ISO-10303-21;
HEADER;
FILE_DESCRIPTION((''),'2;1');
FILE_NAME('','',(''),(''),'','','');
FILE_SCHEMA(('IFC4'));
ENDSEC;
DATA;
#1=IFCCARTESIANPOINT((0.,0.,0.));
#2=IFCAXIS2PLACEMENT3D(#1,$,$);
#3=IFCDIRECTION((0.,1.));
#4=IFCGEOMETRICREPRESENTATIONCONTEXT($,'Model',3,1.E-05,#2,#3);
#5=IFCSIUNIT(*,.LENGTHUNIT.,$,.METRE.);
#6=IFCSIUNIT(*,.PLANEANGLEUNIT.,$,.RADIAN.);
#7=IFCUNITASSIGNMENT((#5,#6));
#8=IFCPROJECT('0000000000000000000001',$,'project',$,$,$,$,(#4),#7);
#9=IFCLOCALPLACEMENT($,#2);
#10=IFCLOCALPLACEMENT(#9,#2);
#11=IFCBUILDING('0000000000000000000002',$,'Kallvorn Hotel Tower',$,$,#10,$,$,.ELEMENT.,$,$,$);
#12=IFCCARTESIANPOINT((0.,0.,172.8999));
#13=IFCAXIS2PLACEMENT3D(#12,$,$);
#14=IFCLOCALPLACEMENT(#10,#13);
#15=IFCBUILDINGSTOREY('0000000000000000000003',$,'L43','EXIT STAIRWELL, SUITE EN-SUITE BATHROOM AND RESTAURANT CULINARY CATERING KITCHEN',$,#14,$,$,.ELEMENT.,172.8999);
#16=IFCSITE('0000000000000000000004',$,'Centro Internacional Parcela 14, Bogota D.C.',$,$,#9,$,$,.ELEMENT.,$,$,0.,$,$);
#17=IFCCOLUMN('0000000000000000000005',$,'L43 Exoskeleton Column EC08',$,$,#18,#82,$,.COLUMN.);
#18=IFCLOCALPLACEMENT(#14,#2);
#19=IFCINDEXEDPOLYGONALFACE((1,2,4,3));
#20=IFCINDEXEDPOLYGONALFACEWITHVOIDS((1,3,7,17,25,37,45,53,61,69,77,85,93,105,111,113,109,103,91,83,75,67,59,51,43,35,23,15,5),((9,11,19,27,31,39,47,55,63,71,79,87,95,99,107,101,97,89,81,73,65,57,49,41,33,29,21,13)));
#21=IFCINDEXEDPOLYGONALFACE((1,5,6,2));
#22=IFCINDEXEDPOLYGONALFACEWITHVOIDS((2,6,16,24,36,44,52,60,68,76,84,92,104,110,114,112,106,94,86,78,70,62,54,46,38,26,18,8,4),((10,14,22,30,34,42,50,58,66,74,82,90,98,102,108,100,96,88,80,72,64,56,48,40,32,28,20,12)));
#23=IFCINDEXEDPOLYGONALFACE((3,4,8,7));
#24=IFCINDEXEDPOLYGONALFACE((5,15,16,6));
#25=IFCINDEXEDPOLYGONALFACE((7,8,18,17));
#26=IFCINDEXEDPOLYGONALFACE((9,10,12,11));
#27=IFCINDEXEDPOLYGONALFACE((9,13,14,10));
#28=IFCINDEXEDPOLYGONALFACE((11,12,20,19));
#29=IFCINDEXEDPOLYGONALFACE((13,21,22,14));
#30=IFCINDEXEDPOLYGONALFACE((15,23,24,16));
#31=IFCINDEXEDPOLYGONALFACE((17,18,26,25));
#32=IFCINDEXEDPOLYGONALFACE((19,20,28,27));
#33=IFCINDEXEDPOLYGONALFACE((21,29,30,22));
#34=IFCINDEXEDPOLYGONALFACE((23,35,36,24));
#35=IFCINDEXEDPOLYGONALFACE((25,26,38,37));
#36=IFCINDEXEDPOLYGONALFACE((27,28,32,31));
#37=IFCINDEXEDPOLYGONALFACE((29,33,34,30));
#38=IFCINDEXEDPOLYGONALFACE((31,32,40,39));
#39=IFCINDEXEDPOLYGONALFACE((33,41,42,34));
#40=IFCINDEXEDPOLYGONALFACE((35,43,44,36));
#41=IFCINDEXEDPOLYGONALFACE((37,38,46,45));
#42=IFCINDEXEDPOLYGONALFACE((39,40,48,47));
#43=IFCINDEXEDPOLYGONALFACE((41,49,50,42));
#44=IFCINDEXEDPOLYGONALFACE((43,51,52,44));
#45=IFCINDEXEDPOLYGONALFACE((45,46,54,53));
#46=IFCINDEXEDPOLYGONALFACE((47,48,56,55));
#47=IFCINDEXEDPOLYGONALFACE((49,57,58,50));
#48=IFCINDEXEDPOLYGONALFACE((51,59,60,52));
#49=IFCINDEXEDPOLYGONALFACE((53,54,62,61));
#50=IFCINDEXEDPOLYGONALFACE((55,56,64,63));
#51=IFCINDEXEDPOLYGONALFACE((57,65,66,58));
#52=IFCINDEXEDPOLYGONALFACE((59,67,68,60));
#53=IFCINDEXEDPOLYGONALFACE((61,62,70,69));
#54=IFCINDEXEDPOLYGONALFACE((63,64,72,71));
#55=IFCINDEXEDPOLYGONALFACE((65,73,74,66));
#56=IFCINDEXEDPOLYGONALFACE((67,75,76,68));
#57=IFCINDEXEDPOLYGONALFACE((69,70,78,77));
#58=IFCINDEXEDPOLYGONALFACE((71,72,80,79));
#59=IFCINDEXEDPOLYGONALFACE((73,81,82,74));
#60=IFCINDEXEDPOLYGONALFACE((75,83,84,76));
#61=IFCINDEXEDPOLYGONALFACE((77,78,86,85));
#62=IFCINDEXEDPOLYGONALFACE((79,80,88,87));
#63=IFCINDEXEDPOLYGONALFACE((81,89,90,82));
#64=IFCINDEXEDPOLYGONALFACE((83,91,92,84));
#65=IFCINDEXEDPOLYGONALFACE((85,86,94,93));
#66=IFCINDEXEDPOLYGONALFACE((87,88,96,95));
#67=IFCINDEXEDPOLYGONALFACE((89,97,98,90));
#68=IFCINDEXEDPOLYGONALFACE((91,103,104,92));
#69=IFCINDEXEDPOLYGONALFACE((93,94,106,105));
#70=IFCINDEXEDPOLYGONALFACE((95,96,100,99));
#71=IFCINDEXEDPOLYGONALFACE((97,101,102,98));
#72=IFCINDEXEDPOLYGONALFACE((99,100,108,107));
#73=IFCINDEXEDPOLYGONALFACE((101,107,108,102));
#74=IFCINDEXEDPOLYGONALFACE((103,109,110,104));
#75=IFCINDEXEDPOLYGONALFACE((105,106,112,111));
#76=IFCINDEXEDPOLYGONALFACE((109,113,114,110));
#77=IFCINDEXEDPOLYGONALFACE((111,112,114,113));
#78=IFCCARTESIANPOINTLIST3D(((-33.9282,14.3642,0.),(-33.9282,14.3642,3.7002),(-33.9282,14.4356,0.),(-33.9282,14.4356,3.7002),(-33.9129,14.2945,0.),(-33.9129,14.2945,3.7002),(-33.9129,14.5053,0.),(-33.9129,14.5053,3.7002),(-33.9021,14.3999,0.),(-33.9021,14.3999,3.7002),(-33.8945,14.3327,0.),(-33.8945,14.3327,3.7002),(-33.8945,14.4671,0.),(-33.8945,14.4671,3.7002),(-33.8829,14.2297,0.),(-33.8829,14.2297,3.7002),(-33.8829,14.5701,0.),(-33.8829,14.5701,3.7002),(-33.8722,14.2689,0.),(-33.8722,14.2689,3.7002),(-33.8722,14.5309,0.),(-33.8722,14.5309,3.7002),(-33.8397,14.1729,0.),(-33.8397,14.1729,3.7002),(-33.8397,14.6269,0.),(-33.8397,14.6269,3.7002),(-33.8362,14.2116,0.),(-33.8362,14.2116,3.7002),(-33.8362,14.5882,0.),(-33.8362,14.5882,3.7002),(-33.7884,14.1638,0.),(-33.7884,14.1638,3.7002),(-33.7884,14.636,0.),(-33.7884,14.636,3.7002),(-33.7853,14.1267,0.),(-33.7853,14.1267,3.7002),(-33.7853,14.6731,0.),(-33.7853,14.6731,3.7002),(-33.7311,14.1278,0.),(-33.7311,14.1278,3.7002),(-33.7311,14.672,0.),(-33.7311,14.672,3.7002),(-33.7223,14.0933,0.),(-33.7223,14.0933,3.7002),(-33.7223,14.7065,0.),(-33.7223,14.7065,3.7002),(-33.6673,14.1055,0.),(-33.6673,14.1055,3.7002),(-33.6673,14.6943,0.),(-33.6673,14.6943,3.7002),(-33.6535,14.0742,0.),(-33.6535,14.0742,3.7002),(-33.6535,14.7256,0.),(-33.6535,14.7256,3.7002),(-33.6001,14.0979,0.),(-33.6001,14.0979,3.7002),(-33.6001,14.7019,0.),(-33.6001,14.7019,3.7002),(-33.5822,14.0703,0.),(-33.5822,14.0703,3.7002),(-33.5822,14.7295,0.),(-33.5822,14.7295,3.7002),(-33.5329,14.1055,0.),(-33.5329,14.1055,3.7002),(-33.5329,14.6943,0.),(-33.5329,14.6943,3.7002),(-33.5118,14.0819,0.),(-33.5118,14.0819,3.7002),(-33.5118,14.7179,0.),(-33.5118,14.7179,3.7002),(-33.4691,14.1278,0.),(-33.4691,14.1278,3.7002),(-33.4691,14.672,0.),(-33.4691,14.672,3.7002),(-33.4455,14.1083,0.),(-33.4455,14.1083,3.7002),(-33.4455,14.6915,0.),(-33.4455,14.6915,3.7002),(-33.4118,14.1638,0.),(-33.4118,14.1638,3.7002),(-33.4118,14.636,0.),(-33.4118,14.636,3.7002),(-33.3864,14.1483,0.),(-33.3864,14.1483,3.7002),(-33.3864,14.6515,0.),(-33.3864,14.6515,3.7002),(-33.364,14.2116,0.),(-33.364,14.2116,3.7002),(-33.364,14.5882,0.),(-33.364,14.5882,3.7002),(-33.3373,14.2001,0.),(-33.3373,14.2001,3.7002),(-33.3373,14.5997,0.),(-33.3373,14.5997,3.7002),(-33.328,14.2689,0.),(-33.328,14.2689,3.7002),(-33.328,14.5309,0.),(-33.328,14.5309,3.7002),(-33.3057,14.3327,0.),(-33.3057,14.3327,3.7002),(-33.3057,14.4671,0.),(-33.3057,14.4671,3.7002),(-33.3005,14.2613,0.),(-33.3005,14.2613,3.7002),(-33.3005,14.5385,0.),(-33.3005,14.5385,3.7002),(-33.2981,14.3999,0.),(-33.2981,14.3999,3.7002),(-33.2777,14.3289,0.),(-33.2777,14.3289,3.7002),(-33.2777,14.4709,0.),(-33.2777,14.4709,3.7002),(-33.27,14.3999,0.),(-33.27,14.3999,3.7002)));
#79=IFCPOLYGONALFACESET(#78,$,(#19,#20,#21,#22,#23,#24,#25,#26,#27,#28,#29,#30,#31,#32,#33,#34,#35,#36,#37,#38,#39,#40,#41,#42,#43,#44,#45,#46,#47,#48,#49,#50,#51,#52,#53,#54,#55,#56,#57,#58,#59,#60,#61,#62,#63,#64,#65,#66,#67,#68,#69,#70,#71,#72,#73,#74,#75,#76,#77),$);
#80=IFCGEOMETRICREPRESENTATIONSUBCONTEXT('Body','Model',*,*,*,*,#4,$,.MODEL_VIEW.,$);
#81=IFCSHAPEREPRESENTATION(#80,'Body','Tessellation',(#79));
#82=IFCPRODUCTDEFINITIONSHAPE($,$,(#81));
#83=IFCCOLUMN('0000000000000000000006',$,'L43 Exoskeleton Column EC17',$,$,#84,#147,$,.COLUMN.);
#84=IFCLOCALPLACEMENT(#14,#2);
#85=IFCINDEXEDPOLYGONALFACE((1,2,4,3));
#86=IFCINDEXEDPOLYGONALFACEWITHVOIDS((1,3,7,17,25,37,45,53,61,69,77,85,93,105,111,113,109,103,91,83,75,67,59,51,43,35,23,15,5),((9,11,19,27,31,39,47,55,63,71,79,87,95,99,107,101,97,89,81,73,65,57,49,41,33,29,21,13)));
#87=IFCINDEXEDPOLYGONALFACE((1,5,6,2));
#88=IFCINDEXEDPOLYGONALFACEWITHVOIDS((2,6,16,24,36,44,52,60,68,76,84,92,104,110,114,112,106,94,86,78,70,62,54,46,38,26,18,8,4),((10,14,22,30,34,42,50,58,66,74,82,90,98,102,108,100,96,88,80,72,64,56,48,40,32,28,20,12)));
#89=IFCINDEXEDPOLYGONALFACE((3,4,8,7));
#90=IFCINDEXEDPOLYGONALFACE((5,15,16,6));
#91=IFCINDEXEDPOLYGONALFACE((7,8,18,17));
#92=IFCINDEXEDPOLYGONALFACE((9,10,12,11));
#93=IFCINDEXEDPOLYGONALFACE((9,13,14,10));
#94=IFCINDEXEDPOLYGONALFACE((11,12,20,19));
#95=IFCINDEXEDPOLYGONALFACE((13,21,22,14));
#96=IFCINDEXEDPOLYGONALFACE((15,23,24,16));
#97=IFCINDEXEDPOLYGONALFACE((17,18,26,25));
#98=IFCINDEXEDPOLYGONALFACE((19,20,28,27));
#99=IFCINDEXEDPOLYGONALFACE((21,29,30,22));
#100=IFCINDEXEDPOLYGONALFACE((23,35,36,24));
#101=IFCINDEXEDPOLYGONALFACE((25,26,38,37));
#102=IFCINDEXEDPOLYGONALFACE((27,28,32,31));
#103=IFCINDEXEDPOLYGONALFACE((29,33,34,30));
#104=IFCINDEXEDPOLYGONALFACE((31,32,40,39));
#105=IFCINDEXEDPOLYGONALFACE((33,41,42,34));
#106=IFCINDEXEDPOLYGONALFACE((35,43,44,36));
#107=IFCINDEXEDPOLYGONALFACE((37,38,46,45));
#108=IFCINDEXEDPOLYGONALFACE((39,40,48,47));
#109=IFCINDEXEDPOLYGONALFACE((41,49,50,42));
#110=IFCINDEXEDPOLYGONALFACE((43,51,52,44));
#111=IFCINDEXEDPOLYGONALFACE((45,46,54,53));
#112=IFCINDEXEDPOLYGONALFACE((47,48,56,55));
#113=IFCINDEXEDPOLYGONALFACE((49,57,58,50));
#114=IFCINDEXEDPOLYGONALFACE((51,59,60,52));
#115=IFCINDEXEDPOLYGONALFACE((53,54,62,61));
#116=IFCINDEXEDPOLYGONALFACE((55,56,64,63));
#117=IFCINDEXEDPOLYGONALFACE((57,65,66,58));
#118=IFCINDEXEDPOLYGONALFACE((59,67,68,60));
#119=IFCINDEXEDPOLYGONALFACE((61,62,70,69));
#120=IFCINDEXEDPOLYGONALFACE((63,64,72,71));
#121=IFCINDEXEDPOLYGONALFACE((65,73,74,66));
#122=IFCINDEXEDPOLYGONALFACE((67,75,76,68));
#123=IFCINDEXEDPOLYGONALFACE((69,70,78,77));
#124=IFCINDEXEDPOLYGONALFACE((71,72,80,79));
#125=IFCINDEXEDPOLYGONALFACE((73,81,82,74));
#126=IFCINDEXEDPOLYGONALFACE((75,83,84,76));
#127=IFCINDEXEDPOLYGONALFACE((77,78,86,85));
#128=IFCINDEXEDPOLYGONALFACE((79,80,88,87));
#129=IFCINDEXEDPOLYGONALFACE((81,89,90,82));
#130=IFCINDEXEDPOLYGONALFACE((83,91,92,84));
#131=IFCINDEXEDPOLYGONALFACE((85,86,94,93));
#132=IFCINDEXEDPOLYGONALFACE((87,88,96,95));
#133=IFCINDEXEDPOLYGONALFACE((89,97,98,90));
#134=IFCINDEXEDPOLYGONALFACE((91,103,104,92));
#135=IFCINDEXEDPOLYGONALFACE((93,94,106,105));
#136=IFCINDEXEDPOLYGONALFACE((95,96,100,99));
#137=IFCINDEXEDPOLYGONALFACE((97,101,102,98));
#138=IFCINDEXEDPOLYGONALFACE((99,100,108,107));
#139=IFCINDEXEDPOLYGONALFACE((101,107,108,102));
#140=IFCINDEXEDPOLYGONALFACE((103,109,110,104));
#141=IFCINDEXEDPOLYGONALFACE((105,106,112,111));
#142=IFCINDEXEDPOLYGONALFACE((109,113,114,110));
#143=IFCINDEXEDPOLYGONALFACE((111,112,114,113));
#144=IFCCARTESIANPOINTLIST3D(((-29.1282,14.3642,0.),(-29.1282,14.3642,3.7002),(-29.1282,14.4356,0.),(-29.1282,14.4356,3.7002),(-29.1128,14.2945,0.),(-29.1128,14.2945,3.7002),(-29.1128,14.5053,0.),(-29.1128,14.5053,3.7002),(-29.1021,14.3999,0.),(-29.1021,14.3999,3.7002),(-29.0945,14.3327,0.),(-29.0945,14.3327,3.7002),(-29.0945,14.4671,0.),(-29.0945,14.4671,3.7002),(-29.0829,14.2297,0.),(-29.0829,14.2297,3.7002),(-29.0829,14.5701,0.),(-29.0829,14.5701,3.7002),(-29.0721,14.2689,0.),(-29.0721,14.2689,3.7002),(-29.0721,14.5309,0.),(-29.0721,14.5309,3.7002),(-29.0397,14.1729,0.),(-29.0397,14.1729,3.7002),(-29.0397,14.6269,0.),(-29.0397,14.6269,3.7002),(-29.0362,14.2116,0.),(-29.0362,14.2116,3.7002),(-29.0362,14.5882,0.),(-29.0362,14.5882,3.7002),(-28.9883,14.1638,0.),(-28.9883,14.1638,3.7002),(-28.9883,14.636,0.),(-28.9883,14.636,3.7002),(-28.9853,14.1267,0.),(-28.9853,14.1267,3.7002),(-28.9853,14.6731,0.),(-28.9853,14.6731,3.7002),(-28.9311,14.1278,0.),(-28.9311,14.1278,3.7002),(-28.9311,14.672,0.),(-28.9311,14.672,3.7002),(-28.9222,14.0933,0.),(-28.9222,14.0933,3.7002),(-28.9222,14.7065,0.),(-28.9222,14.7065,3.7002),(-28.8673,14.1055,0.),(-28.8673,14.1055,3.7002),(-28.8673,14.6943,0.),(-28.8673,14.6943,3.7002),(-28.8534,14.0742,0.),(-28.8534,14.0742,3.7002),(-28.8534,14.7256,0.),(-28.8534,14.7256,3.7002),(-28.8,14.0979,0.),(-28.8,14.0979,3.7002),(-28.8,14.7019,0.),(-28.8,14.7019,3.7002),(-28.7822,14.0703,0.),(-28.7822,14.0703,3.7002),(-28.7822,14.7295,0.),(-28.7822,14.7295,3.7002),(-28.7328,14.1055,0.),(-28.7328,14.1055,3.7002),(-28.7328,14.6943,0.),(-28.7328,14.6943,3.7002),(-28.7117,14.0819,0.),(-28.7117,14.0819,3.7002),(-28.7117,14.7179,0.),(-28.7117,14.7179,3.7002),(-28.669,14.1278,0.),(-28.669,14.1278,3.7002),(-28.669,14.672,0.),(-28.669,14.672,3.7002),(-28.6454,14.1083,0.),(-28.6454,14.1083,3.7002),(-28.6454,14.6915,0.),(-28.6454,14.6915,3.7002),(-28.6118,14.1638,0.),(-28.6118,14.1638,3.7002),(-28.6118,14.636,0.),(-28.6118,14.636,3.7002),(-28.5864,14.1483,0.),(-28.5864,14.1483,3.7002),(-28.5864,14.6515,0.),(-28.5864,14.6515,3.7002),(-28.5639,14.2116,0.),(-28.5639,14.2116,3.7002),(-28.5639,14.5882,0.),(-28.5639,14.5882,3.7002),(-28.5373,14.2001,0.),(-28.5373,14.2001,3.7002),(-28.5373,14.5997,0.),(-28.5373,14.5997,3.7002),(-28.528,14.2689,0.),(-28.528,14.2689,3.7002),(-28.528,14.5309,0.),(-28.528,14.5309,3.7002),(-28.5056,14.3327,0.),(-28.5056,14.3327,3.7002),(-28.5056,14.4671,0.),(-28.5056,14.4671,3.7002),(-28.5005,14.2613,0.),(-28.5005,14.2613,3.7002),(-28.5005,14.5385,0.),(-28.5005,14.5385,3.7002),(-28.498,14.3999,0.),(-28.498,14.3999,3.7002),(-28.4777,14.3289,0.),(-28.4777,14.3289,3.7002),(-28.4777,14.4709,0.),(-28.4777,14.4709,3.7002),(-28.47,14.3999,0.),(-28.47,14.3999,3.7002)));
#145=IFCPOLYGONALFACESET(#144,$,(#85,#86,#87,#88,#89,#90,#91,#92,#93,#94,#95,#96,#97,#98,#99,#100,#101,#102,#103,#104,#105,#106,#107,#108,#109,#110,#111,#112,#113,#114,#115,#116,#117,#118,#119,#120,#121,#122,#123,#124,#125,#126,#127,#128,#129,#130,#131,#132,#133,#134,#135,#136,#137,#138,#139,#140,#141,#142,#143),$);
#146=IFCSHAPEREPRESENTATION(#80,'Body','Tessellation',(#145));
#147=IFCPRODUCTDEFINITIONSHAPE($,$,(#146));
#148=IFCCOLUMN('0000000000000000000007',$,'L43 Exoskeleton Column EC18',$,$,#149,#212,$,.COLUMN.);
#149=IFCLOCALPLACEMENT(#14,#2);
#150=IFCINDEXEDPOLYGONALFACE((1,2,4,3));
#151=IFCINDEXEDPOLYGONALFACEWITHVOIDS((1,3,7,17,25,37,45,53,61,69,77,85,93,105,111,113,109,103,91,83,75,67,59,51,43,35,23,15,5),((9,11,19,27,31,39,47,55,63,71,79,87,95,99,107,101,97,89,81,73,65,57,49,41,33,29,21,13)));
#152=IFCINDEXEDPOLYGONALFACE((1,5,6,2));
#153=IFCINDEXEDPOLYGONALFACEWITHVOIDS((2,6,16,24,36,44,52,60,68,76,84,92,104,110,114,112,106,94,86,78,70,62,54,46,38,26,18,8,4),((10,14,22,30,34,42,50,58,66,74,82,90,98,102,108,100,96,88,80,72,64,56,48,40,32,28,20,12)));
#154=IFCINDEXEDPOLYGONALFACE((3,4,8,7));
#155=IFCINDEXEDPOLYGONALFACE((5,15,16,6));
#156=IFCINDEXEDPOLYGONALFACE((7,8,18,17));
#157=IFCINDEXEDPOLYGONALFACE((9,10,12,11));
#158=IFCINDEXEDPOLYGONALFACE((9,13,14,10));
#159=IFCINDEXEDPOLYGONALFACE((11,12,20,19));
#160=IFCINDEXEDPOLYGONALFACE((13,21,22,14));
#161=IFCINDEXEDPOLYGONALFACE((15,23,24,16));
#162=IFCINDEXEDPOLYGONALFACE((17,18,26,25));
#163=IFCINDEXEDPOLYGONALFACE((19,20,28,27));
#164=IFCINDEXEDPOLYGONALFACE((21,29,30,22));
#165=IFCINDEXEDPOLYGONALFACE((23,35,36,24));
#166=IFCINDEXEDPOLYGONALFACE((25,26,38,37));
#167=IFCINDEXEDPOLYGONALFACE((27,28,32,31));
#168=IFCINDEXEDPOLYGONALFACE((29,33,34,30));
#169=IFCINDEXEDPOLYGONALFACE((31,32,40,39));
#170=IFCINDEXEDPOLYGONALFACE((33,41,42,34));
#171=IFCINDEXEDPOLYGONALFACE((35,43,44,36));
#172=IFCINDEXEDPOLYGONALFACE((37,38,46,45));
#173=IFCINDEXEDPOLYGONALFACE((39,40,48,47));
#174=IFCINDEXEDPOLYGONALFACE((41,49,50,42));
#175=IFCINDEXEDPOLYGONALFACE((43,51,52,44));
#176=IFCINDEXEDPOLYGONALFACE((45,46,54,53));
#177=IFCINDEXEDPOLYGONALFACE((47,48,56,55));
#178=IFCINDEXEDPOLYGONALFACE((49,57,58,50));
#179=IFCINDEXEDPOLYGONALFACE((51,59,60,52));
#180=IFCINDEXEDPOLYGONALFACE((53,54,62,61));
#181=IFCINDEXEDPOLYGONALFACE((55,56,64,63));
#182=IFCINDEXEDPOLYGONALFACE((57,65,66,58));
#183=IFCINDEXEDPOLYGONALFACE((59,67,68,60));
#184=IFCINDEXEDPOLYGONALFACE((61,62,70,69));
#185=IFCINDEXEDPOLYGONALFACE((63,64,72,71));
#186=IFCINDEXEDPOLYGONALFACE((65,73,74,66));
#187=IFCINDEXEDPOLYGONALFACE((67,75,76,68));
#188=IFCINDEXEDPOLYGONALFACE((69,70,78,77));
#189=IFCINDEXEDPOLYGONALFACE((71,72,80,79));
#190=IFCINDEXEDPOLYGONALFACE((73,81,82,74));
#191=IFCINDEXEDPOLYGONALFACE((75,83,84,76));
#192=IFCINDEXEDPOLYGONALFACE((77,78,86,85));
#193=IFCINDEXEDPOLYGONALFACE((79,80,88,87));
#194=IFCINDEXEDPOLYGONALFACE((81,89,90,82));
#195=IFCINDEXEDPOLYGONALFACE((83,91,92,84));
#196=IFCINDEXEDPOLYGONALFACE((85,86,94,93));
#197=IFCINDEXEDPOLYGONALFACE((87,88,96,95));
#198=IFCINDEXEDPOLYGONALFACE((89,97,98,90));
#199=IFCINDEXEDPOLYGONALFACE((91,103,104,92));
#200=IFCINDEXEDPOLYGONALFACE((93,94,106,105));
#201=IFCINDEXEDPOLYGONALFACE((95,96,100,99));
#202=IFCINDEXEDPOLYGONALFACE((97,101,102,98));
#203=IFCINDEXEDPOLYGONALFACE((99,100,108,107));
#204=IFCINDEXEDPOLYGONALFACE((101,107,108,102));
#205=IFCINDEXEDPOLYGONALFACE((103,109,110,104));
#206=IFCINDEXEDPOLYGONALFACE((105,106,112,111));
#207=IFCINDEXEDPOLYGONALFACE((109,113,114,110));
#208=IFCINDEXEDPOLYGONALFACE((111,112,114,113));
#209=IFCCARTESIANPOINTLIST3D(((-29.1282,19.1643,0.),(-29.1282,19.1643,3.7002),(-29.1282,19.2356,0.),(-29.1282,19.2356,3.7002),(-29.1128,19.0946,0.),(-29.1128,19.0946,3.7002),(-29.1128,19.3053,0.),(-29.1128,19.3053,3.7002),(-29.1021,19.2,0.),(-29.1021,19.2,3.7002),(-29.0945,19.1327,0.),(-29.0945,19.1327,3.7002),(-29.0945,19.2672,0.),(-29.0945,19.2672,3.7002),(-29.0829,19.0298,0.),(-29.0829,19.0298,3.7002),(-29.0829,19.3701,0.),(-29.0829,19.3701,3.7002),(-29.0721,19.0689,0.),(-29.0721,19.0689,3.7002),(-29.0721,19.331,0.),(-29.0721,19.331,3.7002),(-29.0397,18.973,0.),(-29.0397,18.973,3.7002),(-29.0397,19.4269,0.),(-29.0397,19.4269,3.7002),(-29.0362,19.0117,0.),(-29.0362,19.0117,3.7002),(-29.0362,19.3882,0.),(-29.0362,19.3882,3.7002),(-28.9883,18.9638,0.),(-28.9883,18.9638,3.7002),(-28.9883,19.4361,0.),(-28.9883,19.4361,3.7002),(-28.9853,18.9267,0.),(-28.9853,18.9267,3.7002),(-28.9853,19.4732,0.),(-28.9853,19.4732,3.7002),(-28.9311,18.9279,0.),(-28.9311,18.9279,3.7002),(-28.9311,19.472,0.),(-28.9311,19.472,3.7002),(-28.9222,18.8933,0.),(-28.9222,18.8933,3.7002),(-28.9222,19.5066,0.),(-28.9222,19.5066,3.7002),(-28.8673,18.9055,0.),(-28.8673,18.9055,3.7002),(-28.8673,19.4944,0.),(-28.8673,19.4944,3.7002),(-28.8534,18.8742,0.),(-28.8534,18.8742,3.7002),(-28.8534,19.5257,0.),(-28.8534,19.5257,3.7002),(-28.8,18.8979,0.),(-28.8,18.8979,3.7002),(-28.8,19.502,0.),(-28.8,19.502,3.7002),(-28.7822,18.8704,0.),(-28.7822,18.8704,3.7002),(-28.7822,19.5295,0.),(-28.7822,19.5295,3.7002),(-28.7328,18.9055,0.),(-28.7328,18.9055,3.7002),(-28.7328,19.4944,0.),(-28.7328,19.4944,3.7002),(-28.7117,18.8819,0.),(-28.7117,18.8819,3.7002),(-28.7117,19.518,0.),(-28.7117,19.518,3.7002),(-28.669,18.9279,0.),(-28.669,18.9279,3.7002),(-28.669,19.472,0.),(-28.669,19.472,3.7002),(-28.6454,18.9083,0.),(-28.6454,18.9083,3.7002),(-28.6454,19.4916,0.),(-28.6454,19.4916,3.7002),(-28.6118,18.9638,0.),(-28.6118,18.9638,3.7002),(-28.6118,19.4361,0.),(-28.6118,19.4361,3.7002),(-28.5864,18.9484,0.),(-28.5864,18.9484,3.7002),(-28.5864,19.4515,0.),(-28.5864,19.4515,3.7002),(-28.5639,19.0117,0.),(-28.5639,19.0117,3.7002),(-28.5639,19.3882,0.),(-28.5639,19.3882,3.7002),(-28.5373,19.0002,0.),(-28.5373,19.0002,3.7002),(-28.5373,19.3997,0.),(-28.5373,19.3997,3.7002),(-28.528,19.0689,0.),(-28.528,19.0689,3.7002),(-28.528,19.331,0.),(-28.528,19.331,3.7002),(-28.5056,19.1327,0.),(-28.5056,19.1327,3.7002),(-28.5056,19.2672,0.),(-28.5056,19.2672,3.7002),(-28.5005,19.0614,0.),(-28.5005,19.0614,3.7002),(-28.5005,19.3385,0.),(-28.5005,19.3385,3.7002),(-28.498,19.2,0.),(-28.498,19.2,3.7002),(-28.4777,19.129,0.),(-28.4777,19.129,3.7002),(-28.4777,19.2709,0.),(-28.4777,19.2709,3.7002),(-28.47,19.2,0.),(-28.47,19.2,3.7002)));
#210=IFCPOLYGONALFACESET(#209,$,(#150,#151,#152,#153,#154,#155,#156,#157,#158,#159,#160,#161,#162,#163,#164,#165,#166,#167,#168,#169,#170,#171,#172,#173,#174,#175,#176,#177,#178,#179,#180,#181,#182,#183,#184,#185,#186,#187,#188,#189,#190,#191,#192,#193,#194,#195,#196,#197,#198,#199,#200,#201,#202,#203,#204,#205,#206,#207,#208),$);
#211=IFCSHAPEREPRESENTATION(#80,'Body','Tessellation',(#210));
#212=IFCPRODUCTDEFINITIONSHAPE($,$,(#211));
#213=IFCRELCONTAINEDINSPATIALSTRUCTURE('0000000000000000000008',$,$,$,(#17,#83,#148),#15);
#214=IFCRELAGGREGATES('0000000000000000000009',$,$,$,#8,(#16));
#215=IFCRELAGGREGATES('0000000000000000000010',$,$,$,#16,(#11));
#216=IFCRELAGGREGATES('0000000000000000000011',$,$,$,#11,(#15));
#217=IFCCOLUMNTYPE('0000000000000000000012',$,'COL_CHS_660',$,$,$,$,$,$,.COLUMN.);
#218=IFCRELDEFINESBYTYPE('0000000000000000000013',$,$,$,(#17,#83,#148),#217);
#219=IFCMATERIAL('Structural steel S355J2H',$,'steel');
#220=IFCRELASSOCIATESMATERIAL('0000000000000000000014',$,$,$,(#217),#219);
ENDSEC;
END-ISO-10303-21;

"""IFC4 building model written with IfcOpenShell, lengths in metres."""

from ifc_helpers import new_model, si_unit, direction, frame, origin, origin_2d, place, context, subcontext, project, spatial, hollow_circle, extrude, material, material_profile, profile_set, type_object, element, save


model = new_model("IFC4")

# Units and contexts
model_context = context("Model", 3, precision=1e-05, world=origin(), true_north=direction((0.0, 1.0)))
body_context = subcontext(model_context, "Body", "Model", "MODEL_VIEW")
ifc_project = project(units=[si_unit("LENGTHUNIT", "METRE"), si_unit("PLANEANGLEUNIT", "RADIAN")], contexts=[model_context])

# Site, building, storey
site_placement = place(None, origin())
site = spatial("IfcSite", under=ifc_project, at=site_placement, Name="Centro Internacional Parcela 14, Bogota D.C.", CompositionType="ELEMENT", RefElevation=0.0)
building_placement = place(site_placement, origin())
building = spatial("IfcBuilding", under=site, at=building_placement, Name="Kallvorn Hotel Tower", CompositionType="ELEMENT")
storey_placement = place(building_placement, frame((0.0, 0.0, 172.8999)))
storey = spatial("IfcBuildingStorey", under=building, at=storey_placement, Name="L43", Description="EXIT STAIRWELL, SUITE EN-SUITE BATHROOM AND RESTAURANT CULINARY CATERING KITCHEN", CompositionType="ELEMENT", Elevation=172.8999)

# Columns
ifc_material_1 = material(Name="Structural steel S355J2H", Category="steel")
ifc_material_profile_1 = material_profile(ifc_material_1, hollow_circle(Radius=0.3301, WallThickness=0.0281, at=origin_2d()), Name="CHS 660x28")
ifc_profile_set_1 = profile_set([ifc_material_profile_1], Name="Structural steel S355J2H")
column_type_1 = type_object("IfcColumnType", Name="COL_CHS_660", PredefinedType="COLUMN", material=ifc_profile_set_1)
for number, where, z_axis, x_axis, name in (
    (1, (-33.6001, 14.3999, 0.0), (0.0, 0.0, 1.0), (1.0, 0.0, 0.0), "L43 Exoskeleton Column EC08"),
    (2, (-28.8, 14.3999, 0.0), (0.0, 0.0, 1.0), (1.0, 0.0, 0.0), "L43 Exoskeleton Column EC17"),
    (3, (-28.8, 19.2, 0.0), (0.0, 0.0, 1.0), (1.0, 0.0, 0.0), "L43 Exoskeleton Column EC18"),
):
    element("IfcColumn", number, at=place(storey_placement, frame(where, z_axis=z_axis, x_axis=x_axis)), inside=storey, type_object=column_type_1, Name=name, PredefinedType="COLUMN", context=body_context, shape_type="SweptSolid", body=[
        extrude(hollow_circle(Radius=0.3301, WallThickness=0.0281, at=origin_2d()), origin(), (0.0, 0.0, 1.0), 3.7002),
    ])

save(model, "model.ifc")
